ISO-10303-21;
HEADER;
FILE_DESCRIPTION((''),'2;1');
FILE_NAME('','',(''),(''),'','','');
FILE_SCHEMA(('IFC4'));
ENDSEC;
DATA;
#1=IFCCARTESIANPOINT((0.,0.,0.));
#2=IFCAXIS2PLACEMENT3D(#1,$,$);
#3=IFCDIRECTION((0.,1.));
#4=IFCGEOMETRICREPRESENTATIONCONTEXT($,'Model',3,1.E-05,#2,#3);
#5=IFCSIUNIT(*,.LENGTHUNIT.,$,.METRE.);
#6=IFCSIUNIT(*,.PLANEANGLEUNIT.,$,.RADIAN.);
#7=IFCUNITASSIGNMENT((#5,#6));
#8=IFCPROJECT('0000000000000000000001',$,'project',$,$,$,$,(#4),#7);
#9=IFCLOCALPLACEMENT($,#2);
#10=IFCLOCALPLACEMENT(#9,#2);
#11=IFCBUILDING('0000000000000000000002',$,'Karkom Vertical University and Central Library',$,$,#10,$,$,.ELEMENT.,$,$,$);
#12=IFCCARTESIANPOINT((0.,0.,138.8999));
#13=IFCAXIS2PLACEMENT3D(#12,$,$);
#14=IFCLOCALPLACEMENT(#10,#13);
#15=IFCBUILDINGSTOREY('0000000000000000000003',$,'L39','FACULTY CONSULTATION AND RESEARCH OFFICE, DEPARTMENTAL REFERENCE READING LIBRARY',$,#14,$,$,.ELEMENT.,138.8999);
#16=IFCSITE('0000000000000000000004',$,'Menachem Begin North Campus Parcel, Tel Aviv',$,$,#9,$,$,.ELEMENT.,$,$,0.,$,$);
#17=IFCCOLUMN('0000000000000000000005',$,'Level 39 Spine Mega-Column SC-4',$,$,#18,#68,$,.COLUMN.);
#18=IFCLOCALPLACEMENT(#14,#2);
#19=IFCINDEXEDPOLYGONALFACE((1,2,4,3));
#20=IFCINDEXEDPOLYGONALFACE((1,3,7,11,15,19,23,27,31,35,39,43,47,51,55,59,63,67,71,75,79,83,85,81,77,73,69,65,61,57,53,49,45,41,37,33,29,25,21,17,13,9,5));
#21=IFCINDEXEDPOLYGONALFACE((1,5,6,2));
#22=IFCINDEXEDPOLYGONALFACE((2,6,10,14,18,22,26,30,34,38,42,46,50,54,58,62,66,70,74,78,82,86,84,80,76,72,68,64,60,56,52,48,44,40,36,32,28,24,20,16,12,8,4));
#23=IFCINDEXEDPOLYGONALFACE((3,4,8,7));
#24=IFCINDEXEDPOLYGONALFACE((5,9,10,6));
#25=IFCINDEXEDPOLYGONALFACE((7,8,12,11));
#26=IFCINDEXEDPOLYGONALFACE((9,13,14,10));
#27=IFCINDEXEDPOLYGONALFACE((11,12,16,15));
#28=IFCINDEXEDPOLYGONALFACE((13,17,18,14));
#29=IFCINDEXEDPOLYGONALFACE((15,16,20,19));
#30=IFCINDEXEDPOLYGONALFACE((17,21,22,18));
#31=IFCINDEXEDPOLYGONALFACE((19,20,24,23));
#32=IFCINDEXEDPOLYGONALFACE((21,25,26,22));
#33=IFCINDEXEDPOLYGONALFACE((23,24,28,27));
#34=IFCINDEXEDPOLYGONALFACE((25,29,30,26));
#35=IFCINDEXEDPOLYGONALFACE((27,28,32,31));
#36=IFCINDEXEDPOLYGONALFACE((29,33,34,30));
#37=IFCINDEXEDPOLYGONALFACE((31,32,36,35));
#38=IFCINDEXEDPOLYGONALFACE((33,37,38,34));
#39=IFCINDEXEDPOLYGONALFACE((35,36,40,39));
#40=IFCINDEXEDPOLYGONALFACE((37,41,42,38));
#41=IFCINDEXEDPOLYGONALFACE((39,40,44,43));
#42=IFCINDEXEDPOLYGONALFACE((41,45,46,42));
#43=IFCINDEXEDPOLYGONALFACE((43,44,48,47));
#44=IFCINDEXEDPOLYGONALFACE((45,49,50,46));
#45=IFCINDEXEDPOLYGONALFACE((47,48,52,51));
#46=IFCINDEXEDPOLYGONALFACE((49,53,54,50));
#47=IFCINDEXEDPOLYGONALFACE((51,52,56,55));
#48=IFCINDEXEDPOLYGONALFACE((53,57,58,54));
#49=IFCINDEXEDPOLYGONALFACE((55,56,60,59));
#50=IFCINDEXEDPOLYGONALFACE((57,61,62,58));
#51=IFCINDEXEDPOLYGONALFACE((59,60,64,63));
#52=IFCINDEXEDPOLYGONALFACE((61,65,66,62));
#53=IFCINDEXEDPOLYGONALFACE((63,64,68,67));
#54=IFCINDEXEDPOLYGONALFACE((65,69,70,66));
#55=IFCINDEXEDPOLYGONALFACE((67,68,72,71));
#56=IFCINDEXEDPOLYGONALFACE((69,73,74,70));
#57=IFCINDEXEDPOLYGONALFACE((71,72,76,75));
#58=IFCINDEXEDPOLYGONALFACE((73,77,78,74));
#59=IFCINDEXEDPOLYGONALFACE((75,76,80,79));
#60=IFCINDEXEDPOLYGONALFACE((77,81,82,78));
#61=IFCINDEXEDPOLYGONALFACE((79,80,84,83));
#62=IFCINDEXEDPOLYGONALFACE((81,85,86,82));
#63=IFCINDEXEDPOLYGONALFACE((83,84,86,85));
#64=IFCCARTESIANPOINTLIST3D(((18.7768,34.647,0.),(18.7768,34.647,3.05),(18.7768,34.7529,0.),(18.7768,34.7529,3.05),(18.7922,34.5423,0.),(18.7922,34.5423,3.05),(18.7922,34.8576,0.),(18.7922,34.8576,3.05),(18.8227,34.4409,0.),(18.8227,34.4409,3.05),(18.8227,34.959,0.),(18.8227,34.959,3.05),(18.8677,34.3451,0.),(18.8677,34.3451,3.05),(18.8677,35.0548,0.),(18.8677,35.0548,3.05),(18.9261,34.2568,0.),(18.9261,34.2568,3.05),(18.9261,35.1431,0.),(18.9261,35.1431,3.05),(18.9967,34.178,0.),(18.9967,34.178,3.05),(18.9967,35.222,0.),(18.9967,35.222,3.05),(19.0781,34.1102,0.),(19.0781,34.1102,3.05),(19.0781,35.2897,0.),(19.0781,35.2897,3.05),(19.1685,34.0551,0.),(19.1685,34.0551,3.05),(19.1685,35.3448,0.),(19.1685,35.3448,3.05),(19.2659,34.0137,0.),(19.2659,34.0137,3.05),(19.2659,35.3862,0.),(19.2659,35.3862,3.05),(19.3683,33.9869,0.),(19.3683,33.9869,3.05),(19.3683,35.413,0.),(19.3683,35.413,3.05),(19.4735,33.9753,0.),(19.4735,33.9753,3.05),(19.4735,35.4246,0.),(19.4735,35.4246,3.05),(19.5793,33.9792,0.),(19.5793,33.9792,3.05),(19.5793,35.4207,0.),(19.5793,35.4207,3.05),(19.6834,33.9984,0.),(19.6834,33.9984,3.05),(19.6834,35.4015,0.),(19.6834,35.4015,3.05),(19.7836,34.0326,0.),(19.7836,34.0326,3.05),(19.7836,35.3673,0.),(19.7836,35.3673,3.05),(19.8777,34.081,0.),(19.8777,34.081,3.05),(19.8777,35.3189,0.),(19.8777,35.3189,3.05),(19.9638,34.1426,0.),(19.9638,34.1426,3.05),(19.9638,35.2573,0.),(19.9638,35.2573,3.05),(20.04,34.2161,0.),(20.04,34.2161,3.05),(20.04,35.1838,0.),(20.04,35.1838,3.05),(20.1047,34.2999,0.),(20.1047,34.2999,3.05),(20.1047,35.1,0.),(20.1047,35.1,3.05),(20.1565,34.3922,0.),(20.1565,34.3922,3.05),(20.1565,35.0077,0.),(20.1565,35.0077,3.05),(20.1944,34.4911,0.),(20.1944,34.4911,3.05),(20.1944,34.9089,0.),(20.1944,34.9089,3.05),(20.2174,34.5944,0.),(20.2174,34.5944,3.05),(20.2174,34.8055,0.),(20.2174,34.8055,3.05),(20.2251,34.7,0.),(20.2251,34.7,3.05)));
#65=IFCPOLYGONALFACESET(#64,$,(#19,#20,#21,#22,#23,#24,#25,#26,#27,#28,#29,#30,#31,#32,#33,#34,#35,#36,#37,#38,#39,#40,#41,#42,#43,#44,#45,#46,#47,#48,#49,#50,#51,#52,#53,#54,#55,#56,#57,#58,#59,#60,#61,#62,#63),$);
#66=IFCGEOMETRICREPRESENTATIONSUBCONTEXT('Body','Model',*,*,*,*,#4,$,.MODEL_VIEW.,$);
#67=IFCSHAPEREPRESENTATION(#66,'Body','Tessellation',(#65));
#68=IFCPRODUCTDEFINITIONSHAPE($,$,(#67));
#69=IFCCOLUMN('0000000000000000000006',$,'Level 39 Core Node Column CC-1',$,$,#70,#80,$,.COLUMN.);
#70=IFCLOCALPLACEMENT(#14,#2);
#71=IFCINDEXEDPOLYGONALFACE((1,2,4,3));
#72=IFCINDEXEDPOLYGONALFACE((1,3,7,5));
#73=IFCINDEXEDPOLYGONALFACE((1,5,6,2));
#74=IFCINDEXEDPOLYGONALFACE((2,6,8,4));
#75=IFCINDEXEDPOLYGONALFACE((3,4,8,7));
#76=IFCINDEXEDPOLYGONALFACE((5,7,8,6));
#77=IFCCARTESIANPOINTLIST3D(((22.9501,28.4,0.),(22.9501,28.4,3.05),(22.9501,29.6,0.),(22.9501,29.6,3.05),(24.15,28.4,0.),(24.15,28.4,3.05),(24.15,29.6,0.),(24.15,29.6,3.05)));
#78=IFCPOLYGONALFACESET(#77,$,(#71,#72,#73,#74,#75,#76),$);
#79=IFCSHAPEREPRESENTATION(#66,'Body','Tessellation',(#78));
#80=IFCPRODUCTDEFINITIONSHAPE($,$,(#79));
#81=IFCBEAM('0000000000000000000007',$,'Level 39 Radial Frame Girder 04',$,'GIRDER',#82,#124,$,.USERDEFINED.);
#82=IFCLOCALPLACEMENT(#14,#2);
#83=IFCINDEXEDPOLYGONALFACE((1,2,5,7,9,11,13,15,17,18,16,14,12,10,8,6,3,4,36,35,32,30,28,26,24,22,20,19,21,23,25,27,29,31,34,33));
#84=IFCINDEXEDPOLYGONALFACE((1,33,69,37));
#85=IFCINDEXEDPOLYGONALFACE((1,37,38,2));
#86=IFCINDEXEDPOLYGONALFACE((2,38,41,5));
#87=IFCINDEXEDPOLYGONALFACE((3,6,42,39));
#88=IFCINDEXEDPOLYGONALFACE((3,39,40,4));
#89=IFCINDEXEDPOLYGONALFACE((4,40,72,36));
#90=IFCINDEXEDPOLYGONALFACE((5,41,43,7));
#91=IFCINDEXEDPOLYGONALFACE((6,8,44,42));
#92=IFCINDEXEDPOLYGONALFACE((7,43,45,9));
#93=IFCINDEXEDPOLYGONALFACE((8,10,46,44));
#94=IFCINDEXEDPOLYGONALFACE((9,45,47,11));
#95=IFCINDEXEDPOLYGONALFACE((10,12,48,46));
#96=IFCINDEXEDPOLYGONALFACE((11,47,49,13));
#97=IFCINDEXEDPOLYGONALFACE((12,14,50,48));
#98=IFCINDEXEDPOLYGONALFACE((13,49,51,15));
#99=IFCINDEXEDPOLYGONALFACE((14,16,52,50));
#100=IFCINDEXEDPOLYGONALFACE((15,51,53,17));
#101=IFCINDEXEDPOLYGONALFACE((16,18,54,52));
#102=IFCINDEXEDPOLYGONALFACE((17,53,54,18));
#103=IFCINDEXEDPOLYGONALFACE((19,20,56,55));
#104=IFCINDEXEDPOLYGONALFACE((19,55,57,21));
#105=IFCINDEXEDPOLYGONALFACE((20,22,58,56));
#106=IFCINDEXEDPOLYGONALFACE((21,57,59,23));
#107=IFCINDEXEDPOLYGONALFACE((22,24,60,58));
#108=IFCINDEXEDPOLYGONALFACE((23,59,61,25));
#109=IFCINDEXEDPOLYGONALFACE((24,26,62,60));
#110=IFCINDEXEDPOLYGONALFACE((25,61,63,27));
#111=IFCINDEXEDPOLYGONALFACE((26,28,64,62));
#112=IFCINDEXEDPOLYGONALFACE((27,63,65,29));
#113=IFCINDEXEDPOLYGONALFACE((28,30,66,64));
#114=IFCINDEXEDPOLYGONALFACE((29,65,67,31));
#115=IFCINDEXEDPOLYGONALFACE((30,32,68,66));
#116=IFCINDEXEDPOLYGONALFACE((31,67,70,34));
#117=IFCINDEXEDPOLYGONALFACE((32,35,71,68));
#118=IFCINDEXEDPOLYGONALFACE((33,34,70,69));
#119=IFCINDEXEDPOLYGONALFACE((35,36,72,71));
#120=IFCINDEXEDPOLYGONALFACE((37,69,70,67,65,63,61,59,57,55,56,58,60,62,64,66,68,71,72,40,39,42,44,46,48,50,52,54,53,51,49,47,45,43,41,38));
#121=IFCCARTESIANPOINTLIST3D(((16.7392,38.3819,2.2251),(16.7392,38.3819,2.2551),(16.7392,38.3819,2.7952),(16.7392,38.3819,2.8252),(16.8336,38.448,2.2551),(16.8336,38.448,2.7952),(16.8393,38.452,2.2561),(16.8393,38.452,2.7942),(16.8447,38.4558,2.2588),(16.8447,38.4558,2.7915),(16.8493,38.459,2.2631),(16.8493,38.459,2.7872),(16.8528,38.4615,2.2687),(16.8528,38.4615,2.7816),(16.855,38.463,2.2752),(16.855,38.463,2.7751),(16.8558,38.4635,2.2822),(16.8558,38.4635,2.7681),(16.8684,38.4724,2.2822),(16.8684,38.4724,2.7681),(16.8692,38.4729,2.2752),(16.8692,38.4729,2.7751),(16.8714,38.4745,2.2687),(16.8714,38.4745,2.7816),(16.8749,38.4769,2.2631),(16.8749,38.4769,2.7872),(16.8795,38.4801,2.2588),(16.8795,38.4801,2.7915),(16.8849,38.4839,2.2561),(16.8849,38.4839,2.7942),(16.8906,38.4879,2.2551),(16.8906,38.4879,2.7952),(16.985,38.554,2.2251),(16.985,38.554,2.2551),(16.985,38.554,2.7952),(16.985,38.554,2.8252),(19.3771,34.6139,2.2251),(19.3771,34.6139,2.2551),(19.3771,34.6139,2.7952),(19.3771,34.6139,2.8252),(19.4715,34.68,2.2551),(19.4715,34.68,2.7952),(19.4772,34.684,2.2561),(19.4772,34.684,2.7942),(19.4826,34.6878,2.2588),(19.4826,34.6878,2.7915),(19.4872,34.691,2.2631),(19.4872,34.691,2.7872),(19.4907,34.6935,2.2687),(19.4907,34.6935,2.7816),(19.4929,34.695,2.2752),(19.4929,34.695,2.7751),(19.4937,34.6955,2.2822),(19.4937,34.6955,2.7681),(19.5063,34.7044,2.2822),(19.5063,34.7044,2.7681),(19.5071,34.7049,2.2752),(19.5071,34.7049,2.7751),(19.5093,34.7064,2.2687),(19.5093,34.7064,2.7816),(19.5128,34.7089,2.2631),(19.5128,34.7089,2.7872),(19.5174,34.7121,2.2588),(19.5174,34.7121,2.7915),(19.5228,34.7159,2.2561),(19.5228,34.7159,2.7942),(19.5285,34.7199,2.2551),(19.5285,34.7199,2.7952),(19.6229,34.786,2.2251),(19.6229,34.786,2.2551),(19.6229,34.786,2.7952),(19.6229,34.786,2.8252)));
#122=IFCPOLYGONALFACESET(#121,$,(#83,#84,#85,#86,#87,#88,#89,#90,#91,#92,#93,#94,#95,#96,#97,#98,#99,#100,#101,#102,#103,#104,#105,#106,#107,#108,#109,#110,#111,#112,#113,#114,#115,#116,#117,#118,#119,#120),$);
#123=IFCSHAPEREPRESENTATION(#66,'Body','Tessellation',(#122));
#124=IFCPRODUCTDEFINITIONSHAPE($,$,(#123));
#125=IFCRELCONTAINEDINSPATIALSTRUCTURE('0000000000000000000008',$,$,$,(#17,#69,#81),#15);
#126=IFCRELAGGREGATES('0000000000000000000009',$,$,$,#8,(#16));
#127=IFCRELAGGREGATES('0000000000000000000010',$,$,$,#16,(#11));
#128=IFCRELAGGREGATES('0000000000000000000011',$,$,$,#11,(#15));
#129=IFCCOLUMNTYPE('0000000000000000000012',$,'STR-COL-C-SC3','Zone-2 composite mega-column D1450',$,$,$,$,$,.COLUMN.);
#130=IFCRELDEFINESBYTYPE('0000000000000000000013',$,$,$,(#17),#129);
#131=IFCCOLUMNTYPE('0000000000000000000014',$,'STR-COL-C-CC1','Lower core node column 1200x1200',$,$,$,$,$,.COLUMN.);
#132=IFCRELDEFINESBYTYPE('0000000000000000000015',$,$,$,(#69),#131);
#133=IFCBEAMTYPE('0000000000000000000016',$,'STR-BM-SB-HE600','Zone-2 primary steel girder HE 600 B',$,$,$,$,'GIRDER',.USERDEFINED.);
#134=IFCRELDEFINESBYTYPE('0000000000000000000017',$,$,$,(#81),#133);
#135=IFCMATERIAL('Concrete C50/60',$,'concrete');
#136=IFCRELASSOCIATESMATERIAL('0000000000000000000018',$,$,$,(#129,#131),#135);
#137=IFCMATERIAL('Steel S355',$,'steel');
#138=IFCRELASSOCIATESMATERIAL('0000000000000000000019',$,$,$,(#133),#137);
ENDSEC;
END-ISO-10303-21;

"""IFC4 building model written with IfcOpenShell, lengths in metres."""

from ifc_helpers import new_model, si_unit, direction, frame, origin, origin_with_axes, origin_2d, place, context, subcontext, project, spatial, rectangle, circle, i_section, extrude, source, transform, mapped, material, material_profile, profile_set, type_object, element, save


model = new_model("IFC4")

# Units and contexts
model_context = context("Model", 3, precision=1e-05, world=origin(), true_north=direction((0.0, 1.0)))
body_context = subcontext(model_context, "Body", "Model", "MODEL_VIEW")
ifc_project = project(units=[si_unit("LENGTHUNIT", "METRE"), si_unit("PLANEANGLEUNIT", "RADIAN")], contexts=[model_context])

# Site, building, storey
site_placement = place(None, origin())
site = spatial("IfcSite", under=ifc_project, at=site_placement, Name="Menachem Begin North Campus Parcel, Tel Aviv", CompositionType="ELEMENT", RefElevation=0.0)
building_placement = place(site_placement, origin())
building = spatial("IfcBuilding", under=site, at=building_placement, Name="Karkom Vertical University and Central Library", CompositionType="ELEMENT")
storey_placement = place(building_placement, frame((0.0, 0.0, 138.8999)))
storey = spatial("IfcBuildingStorey", under=building, at=storey_placement, Name="L39", Description="FACULTY CONSULTATION AND RESEARCH OFFICE, DEPARTMENTAL REFERENCE READING LIBRARY", CompositionType="ELEMENT", Elevation=138.8999)

# Columns
ifc_material_1 = material(Name="Concrete C50/60", Category="concrete")
ifc_material_profile_1 = material_profile(ifc_material_1, circle(Radius=0.7251, at=origin_2d()), Name="CFT-D1450")
ifc_profile_set_1 = profile_set([ifc_material_profile_1], Name="Concrete C50/60")
column_type_1 = type_object("IfcColumnType", Name="STR-COL-C-SC3", Description="Zone-2 composite mega-column D1450", PredefinedType="COLUMN", material=ifc_profile_set_1)
shared_shape_1 = source(origin_with_axes(), body_context, "Body", "SweptSolid", [
    extrude(circle(Radius=0.7251, at=origin_2d()), origin(), (0.0, 0.0, 1.0), 3.05),
])
column_1_placement = place(storey_placement, frame((19.5, 34.7, 0.0), z_axis=(0.0, 0.0, 1.0), x_axis=(1.0, 0.0, 0.0)))
element("IfcColumn", 1, at=column_1_placement, inside=storey, type_object=column_type_1, Name="Level 39 Spine Mega-Column SC-4", PredefinedType="COLUMN", context=body_context, shape_type="MappedRepresentation", body=[
    mapped(shared_shape_1, transform((0.0, 0.0, 0.0), scale=1.0)),
])
ifc_material_profile_2 = material_profile(ifc_material_1, rectangle(XDim=1.2, YDim=1.2, at=origin_2d()), Name="RC-1200x1200")
ifc_profile_set_2 = profile_set([ifc_material_profile_2], Name="Concrete C50/60")
column_type_2 = type_object("IfcColumnType", Name="STR-COL-C-CC1", Description="Lower core node column 1200x1200", PredefinedType="COLUMN", material=ifc_profile_set_2)
shared_shape_2 = source(origin_with_axes(), body_context, "Body", "SweptSolid", [
    extrude(rectangle(XDim=1.2, YDim=1.2, at=origin_2d()), origin(), (0.0, 0.0, 1.0), 3.05),
])
column_2_placement = place(storey_placement, frame((23.55, 29.0, 0.0), z_axis=(0.0, 0.0, 1.0), x_axis=(1.0, 0.0, 0.0)))
element("IfcColumn", 2, at=column_2_placement, inside=storey, type_object=column_type_2, Name="Level 39 Core Node Column CC-1", PredefinedType="COLUMN", context=body_context, shape_type="MappedRepresentation", body=[
    mapped(shared_shape_2, transform((0.0, 0.0, 0.0), scale=1.0)),
])

# Beam
ifc_material_2 = material(Name="Steel S355", Category="steel")
ifc_material_profile_3 = material_profile(ifc_material_2, i_section(OverallWidth=0.3, OverallDepth=0.6001, WebThickness=0.0154, FlangeThickness=0.03, FilletRadius=0.0271, at=origin_2d()), Name="HE 600 B")
ifc_profile_set_3 = profile_set([ifc_material_profile_3], Name="Steel S355")
beam_type = type_object("IfcBeamType", Name="STR-BM-SB-HE600", Description="Zone-2 primary steel girder HE 600 B", ElementType="GIRDER", PredefinedType="USERDEFINED", material=ifc_profile_set_3)
shared_shape_3 = source(origin_with_axes(), body_context, "Body", "SweptSolid", [
    extrude(i_section(OverallWidth=0.3, OverallDepth=0.6001, WebThickness=0.0154, FlangeThickness=0.03, FilletRadius=0.0271, at=origin_2d()), origin(), (0.0, 0.0, 1.0), 4.5996),
])
beam_placement = place(storey_placement, frame((19.5, 34.7, 2.5251), z_axis=(-0.573505, 0.819202, 0.0), x_axis=(-0.819202, -0.573505, 0.0)))
element("IfcBeam", 3, at=beam_placement, inside=storey, type_object=beam_type, Name="Level 39 Radial Frame Girder 04", ObjectType="GIRDER", PredefinedType="USERDEFINED", context=body_context, shape_type="MappedRepresentation", body=[
    mapped(shared_shape_3, transform((0.0, 0.0, 0.0), scale=1.0)),
])

save(model, "model.ifc")
